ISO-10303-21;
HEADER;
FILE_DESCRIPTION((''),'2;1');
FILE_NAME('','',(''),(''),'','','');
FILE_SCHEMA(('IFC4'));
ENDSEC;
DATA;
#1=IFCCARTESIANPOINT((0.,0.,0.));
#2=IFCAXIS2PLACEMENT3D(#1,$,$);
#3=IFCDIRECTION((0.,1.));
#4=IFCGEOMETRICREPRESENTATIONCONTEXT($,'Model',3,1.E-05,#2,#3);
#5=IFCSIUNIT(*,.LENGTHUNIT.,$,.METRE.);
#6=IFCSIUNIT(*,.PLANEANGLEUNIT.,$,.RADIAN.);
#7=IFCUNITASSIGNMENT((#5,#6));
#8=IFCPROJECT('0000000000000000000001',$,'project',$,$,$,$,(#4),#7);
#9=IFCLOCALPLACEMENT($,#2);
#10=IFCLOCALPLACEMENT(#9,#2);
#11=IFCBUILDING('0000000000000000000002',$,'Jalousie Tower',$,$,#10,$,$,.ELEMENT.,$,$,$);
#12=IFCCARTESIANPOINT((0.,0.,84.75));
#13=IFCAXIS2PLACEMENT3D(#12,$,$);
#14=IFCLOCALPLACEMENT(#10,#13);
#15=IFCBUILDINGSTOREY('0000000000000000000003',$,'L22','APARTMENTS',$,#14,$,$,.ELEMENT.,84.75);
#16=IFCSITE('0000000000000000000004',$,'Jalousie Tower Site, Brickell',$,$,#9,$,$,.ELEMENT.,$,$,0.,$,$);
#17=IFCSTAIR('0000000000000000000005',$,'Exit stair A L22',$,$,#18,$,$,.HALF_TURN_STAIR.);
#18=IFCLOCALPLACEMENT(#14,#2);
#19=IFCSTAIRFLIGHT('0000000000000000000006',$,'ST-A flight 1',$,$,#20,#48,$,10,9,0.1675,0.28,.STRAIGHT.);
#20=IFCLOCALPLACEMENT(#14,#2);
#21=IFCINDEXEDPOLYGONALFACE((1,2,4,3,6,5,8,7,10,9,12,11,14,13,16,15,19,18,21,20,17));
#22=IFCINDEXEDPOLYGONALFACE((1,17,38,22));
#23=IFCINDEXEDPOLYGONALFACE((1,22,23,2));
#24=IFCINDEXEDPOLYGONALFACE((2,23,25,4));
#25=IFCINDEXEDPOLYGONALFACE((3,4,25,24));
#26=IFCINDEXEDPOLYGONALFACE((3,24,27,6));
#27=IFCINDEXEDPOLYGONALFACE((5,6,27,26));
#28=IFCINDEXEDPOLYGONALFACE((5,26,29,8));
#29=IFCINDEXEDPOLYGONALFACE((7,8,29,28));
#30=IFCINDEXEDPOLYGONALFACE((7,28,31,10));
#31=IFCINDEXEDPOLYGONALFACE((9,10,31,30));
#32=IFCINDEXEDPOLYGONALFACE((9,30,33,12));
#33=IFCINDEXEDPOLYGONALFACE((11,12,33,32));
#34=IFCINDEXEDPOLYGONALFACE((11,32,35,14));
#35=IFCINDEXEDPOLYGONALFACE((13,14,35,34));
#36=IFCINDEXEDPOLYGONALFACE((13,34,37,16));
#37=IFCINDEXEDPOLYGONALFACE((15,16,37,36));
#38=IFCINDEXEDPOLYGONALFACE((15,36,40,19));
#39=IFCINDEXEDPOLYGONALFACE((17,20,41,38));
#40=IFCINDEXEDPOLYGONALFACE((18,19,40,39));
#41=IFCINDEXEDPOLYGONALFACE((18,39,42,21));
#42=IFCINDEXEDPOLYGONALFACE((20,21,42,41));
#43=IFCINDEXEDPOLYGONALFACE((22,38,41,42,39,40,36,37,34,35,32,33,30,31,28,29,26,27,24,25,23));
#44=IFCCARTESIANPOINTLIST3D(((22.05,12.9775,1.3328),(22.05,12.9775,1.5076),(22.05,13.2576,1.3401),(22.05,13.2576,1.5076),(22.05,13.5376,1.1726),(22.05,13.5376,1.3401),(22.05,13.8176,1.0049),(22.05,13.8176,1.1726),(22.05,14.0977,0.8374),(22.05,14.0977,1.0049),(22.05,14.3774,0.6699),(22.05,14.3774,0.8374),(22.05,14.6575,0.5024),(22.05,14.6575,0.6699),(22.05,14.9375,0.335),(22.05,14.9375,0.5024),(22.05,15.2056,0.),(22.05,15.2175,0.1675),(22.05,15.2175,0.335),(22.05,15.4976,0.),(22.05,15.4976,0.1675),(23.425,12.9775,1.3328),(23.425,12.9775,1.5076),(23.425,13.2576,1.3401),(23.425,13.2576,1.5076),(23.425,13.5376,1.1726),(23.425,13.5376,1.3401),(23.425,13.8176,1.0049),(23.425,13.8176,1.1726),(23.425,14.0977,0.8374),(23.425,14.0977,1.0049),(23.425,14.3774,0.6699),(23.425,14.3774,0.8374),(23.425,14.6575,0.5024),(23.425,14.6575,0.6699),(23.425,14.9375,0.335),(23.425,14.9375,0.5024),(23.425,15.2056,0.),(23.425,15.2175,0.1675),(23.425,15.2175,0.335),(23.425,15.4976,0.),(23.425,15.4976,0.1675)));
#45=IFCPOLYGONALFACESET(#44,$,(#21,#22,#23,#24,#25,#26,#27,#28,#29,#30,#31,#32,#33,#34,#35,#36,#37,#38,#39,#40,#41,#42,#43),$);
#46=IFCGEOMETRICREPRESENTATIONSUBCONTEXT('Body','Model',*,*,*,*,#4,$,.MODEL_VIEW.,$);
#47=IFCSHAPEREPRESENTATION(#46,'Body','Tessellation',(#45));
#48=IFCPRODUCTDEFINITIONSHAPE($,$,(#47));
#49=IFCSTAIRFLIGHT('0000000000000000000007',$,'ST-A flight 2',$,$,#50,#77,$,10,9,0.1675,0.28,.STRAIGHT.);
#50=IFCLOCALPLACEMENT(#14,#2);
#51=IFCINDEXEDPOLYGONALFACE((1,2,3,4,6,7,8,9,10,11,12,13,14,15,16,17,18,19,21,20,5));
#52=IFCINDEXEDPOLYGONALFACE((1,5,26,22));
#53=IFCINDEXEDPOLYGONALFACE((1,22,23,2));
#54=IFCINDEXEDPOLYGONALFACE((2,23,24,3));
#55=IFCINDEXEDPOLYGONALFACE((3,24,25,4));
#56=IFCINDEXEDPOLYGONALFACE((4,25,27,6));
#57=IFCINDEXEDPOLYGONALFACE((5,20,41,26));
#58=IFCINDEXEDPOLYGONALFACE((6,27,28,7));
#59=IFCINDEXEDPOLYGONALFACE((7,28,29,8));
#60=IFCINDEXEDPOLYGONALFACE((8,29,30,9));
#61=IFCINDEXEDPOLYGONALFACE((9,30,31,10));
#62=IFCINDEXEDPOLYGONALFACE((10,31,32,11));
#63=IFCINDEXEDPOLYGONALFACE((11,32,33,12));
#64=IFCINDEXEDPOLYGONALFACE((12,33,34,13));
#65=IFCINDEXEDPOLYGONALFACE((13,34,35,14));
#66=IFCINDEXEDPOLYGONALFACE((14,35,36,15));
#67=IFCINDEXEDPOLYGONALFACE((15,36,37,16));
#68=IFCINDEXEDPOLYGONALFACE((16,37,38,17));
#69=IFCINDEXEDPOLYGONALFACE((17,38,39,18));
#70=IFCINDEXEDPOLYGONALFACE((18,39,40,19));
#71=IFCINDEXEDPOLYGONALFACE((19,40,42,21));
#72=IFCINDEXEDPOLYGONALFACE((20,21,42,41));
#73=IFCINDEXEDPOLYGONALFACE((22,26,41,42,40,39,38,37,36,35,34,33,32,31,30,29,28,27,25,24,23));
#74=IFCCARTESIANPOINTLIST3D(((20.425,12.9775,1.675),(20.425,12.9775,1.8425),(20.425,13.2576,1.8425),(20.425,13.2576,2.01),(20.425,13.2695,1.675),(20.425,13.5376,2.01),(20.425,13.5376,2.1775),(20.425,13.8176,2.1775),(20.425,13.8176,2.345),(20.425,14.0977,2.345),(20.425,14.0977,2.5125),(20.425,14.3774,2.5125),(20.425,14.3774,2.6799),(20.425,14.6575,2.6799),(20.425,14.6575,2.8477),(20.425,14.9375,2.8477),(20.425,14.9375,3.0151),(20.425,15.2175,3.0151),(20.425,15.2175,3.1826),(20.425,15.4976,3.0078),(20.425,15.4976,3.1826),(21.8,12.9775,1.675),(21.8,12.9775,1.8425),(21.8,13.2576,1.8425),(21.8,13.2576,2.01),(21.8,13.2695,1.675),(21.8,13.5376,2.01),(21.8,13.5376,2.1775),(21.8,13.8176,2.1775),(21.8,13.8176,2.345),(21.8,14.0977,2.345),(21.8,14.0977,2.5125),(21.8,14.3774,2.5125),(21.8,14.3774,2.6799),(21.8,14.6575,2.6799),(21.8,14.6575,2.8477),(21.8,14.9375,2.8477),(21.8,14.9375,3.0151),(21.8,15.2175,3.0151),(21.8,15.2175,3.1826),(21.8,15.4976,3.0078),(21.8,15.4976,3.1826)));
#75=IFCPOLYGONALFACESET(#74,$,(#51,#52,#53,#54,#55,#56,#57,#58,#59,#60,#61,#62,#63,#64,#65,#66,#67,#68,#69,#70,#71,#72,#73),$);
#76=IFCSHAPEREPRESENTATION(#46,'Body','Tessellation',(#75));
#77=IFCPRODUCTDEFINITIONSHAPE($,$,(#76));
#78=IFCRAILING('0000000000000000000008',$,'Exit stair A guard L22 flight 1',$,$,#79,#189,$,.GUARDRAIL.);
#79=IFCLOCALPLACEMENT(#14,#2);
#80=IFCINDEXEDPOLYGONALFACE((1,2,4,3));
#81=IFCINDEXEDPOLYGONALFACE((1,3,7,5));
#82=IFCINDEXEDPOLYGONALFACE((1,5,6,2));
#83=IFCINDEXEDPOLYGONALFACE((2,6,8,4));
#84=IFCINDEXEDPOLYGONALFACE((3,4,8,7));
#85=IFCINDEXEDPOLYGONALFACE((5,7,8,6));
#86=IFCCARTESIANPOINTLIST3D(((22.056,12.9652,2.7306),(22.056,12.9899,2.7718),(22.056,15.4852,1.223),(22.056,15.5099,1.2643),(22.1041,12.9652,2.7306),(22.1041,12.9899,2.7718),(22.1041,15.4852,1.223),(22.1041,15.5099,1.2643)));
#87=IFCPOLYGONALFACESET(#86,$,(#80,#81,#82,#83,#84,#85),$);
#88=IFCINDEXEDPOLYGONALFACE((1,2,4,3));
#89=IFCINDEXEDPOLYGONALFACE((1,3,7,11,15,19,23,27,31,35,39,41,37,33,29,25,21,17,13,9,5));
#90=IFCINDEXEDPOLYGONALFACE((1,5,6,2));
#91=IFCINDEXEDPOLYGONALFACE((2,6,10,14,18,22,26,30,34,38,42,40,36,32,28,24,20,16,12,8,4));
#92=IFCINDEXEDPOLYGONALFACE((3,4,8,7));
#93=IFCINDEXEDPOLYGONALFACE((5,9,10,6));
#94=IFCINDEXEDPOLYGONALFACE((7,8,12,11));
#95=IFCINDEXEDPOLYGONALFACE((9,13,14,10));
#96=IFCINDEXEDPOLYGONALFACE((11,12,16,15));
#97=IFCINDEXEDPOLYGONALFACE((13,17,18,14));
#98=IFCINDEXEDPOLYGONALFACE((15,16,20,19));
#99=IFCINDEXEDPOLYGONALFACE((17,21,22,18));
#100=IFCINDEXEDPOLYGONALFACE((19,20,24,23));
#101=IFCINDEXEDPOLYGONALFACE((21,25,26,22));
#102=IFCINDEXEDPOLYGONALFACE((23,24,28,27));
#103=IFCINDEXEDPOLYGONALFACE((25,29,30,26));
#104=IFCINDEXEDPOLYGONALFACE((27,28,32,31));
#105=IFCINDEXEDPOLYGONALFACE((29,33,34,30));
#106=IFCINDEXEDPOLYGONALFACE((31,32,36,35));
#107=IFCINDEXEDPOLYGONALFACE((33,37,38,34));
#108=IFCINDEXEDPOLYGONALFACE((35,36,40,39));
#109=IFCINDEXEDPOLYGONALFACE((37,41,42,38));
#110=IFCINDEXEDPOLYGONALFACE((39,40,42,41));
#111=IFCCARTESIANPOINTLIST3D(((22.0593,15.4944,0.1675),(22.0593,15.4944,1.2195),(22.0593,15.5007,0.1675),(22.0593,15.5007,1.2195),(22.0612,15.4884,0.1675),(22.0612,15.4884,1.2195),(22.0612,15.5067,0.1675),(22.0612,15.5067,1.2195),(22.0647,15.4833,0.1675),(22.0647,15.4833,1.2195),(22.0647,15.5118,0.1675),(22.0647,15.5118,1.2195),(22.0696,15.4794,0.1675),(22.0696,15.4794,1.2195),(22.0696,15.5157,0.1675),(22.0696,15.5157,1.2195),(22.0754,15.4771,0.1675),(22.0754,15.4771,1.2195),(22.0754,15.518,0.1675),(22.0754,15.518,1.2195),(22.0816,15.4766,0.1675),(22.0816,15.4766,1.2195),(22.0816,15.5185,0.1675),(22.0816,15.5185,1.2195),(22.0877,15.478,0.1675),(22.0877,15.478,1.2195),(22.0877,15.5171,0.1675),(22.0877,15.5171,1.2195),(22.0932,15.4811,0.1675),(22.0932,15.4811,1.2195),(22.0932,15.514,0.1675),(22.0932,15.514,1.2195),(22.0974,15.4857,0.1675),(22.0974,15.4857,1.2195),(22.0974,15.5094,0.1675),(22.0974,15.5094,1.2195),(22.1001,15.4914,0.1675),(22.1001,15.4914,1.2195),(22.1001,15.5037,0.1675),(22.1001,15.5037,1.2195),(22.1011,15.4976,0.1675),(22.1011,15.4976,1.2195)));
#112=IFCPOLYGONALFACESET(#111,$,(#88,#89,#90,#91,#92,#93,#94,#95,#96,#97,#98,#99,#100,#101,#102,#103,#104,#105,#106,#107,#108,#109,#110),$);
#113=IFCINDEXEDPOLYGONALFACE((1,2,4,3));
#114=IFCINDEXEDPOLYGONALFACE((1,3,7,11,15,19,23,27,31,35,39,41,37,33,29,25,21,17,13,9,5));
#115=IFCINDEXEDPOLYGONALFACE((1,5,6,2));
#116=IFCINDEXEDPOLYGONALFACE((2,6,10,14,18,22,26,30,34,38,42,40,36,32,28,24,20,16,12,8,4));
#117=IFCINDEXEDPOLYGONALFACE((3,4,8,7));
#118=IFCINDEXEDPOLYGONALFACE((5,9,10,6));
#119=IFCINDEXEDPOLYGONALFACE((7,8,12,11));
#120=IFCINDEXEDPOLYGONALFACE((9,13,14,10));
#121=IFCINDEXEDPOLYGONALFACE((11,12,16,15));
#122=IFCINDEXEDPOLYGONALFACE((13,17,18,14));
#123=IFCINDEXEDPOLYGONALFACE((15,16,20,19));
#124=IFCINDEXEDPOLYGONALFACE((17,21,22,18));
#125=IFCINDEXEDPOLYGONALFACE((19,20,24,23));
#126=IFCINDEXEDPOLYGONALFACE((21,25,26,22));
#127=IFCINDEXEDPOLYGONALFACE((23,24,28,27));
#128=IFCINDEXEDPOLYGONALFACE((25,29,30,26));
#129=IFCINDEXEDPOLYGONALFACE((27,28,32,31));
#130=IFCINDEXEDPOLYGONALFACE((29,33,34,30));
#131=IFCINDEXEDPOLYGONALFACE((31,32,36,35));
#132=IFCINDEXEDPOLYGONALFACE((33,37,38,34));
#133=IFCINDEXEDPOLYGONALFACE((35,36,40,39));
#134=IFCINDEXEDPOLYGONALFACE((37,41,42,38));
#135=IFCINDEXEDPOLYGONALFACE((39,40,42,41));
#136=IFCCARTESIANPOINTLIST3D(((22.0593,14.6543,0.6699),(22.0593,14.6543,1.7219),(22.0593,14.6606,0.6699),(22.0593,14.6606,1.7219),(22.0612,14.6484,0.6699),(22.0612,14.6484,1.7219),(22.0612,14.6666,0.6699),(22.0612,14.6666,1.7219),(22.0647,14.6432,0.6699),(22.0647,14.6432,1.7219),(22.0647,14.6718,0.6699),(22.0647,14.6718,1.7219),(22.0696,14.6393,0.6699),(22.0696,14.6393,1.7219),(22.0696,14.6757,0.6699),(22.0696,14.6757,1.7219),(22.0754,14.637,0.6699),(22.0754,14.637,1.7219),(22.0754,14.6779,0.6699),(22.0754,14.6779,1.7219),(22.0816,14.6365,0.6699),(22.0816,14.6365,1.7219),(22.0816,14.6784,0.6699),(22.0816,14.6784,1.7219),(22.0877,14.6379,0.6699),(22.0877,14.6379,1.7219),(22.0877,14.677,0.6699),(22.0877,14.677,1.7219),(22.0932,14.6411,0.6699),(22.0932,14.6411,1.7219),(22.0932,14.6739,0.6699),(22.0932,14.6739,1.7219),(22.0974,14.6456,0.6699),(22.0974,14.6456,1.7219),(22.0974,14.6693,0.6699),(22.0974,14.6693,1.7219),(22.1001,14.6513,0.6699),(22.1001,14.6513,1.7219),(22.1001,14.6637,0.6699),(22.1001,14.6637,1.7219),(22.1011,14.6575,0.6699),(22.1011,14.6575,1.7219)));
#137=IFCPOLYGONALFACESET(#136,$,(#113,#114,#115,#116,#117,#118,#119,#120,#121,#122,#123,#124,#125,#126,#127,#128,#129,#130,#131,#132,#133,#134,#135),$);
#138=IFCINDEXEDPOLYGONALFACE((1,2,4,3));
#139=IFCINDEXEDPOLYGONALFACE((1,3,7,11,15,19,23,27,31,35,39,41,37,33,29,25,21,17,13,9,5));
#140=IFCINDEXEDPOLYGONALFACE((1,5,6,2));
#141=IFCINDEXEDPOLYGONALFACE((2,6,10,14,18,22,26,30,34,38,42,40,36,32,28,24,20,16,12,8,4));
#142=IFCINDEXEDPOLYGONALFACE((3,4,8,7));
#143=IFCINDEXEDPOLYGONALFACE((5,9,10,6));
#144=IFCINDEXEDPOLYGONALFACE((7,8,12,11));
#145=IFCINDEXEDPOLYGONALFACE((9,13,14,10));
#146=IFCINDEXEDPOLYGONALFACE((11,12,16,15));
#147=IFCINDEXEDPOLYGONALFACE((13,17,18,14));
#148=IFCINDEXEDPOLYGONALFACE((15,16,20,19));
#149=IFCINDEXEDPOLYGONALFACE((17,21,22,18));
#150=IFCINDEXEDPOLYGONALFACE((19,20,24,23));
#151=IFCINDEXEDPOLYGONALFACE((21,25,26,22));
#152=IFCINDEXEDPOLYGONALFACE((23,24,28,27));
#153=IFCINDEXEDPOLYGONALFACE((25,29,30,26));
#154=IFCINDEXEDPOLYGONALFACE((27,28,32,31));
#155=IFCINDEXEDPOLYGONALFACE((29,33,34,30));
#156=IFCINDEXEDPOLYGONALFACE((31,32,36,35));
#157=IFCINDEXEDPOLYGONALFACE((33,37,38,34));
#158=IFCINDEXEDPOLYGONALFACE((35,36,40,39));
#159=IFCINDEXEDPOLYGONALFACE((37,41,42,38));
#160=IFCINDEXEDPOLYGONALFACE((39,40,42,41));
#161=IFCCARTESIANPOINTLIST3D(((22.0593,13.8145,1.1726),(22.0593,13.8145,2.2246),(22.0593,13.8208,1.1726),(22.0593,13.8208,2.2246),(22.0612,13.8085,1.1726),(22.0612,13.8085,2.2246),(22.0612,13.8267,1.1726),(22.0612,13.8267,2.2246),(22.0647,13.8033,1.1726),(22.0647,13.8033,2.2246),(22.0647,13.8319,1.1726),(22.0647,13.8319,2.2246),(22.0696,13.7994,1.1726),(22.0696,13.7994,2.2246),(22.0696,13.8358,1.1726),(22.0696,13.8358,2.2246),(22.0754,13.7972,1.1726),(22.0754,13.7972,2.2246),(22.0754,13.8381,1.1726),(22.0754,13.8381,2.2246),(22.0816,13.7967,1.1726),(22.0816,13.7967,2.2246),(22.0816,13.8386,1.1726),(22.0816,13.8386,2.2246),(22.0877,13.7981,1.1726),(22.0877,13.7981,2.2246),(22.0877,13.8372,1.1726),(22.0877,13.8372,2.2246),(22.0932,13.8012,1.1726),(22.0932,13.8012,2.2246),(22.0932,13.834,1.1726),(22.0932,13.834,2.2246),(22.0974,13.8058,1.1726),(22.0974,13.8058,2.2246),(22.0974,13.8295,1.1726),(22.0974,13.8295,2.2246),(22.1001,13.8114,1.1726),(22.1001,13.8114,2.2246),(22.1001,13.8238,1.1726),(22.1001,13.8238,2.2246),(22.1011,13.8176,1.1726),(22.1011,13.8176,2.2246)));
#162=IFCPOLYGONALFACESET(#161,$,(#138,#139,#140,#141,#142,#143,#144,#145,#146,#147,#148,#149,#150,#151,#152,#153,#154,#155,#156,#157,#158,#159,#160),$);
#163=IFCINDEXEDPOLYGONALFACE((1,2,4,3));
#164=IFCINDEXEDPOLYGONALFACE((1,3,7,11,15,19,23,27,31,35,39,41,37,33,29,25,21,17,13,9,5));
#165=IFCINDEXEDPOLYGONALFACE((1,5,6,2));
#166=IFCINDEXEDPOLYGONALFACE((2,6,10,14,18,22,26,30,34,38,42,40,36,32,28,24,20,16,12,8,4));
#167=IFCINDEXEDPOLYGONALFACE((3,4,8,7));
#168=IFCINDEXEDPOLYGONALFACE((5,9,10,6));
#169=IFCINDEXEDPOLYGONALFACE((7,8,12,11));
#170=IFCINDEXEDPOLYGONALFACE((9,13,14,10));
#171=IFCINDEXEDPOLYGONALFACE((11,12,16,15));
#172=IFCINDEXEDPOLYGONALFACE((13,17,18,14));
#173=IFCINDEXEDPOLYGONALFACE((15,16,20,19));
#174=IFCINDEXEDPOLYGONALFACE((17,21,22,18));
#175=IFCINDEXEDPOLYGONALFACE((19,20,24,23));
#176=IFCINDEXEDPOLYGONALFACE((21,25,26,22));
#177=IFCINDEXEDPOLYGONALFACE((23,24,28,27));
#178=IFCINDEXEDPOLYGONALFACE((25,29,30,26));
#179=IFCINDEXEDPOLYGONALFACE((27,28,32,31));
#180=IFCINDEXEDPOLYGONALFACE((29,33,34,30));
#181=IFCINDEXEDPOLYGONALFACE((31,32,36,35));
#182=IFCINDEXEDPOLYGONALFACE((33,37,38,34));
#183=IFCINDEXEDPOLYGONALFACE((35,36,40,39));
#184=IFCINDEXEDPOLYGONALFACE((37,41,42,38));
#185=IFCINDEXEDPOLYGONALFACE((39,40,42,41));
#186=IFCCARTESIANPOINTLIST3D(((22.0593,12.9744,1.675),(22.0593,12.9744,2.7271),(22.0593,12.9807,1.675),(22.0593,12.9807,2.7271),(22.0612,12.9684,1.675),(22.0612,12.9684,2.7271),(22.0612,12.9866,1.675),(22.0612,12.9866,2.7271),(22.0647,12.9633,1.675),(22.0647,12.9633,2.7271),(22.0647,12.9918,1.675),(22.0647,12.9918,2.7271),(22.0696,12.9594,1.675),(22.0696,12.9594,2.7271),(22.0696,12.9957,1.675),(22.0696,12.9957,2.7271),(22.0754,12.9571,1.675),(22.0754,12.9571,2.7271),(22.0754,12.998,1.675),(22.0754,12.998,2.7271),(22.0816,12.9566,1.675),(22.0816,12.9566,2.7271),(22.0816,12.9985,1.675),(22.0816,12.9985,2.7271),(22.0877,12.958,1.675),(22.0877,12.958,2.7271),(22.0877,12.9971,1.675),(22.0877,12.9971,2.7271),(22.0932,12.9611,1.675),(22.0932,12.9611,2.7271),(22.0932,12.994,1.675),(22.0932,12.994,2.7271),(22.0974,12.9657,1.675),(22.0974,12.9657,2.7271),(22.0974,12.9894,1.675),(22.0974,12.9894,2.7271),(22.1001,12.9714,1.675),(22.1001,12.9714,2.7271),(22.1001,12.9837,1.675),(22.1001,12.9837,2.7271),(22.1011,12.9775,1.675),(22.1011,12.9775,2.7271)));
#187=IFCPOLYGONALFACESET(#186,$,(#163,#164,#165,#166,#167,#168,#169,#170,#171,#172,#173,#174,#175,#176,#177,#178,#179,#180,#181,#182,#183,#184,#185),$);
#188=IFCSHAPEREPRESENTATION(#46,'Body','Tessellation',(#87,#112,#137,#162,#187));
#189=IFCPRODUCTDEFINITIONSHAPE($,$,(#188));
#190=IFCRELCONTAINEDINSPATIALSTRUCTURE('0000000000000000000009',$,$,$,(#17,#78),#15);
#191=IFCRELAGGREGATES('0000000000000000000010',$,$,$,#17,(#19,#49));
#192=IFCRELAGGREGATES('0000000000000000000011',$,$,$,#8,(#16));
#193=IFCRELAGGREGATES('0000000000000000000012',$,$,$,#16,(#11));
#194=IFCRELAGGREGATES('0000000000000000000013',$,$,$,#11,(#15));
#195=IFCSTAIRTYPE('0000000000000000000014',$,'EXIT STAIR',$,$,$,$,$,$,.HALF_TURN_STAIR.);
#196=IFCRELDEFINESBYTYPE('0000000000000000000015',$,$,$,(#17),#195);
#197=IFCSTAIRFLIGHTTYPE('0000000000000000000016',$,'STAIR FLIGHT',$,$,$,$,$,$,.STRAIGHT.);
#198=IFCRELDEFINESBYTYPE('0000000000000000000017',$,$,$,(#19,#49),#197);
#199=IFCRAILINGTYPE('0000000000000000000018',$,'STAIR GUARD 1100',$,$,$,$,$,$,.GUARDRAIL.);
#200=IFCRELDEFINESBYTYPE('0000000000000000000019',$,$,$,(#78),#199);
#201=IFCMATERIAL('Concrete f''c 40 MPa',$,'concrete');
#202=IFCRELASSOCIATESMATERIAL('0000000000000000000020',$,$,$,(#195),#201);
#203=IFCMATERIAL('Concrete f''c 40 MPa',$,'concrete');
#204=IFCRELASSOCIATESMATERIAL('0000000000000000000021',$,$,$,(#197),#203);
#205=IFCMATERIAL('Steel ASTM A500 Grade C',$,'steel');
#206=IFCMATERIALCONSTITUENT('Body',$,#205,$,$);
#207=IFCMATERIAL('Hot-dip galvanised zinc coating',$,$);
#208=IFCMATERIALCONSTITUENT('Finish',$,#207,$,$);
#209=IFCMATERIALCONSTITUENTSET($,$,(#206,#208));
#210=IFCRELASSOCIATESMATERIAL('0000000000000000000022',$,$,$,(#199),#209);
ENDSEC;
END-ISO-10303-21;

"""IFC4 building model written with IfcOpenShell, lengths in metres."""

from ifc_helpers import new_model, si_unit, direction, frame, origin, origin_2d, place, context, subcontext, project, spatial, polyline, rectangle, circle, outline, extrude, material, constituent, constituent_set, type_object, element, aggregate, save


model = new_model("IFC4")

# Units and contexts
model_context = context("Model", 3, precision=1e-05, world=origin(), true_north=direction((0.0, 1.0)))
body_context = subcontext(model_context, "Body", "Model", "MODEL_VIEW")
ifc_project = project(units=[si_unit("LENGTHUNIT", "METRE"), si_unit("PLANEANGLEUNIT", "RADIAN")], contexts=[model_context])

# Site, building, storey
site_placement = place(None, origin())
site = spatial("IfcSite", under=ifc_project, at=site_placement, Name="Jalousie Tower Site, Brickell", CompositionType="ELEMENT", RefElevation=0.0)
building_placement = place(site_placement, origin())
building = spatial("IfcBuilding", under=site, at=building_placement, Name="Jalousie Tower", CompositionType="ELEMENT")
storey_placement = place(building_placement, frame((0.0, 0.0, 84.75)))
storey = spatial("IfcBuildingStorey", under=building, at=storey_placement, Name="L22", Description="APARTMENTS", CompositionType="ELEMENT", Elevation=84.75)

# Stair, stair flights
ifc_material_1 = material(Name="Concrete f'c 40 MPa", Category="concrete")
stair_type = type_object("IfcStairType", Name="EXIT STAIR", PredefinedType="HALF_TURN_STAIR", material=ifc_material_1)
stair_placement = place(storey_placement, origin())
stair = element("IfcStair", 1, at=stair_placement, inside=storey, type_object=stair_type, Name="Exit stair A L22", PredefinedType="HALF_TURN_STAIR")
ifc_material_2 = material(Name="Concrete f'c 40 MPa", Category="concrete")
stair_flight_type = type_object("IfcStairFlightType", Name="STAIR FLIGHT", PredefinedType="STRAIGHT", material=ifc_material_2)
stair_flight_1_placement = place(storey_placement, frame((22.7375, 15.4976, 0.0), z_axis=(0.0, 0.0, 1.0), x_axis=(0.0, -1.0, 0.0)))
stair_flight_1 = element("IfcStairFlight", 2, at=stair_flight_1_placement, type_object=stair_flight_type, Name="ST-A flight 1", NumberOfRisers=10, NumberOfTreads=9, PredefinedType="STRAIGHT", RiserHeight=0.1675, TreadLength=0.28, context=body_context, shape_type="SweptSolid", body=[
    extrude(outline(polyline([(0.0, 0.0), (0.0, 0.1675), (0.28, 0.1675), (0.28, 0.335), (0.5601, 0.335), (0.5601, 0.5024), (0.8401, 0.5024), (0.8401, 0.6699), (1.1201, 0.6699), (1.1201, 0.8374), (1.3999, 0.8374), (1.3999, 1.0049), (1.6799, 1.0049), (1.6799, 1.1726), (1.96, 1.1726), (1.96, 1.3401), (2.24, 1.3401), (2.24, 1.5076), (2.52, 1.5076), (2.52, 1.675), (2.52, 1.3328), (0.292, 0.0), (0.0, 0.0)])), frame((0.0, 0.6875, 0.0), z_axis=(0.0, -1.0, 0.0), x_axis=(1.0, 0.0, 0.0)), (0.0, 0.0, 1.0), 1.375),
])
stair_flight_2_placement = place(storey_placement, frame((21.1125, 12.9775, 1.675), z_axis=(0.0, 0.0, 1.0), x_axis=(0.0, 1.0, 0.0)))
stair_flight_2 = element("IfcStairFlight", 3, at=stair_flight_2_placement, type_object=stair_flight_type, Name="ST-A flight 2", NumberOfRisers=10, NumberOfTreads=9, PredefinedType="STRAIGHT", RiserHeight=0.1675, TreadLength=0.28, context=body_context, shape_type="SweptSolid", body=[
    extrude(outline(polyline([(0.0, 0.0), (0.0, 0.1675), (0.28, 0.1675), (0.28, 0.335), (0.5601, 0.335), (0.5601, 0.5024), (0.8401, 0.5024), (0.8401, 0.6699), (1.1201, 0.6699), (1.1201, 0.8374), (1.3999, 0.8374), (1.3999, 1.0049), (1.6799, 1.0049), (1.6799, 1.1726), (1.96, 1.1726), (1.96, 1.3401), (2.24, 1.3401), (2.24, 1.5076), (2.52, 1.5076), (2.52, 1.675), (2.52, 1.3328), (0.292, 0.0), (0.0, 0.0)])), frame((0.0, 0.6875, 0.0), z_axis=(0.0, -1.0, 0.0), x_axis=(1.0, 0.0, 0.0)), (0.0, 0.0, 1.0), 1.375),
])
aggregate(stair, [stair_flight_1, stair_flight_2])

# Railing
ifc_material_3 = material(Name="Steel ASTM A500 Grade C", Category="steel")
ifc_constituent_1 = constituent(ifc_material_3, Name="Body")
ifc_material_4 = material(Name="Hot-dip galvanised zinc coating")
ifc_constituent_2 = constituent(ifc_material_4, Name="Finish")
ifc_constituent_set_1 = constituent_set(constituents=[ifc_constituent_1, ifc_constituent_2])
railing_type_1 = type_object("IfcRailingType", Name="STAIR GUARD 1100", PredefinedType="GUARDRAIL", material=ifc_constituent_set_1)
railing_1_placement = place(storey_placement, frame((22.0801, 15.4976, 0.1675)))
element("IfcRailing", 4, at=railing_1_placement, inside=storey, type_object=railing_type_1, Name="Exit stair A guard L22 flight 1", PredefinedType="GUARDRAIL", context=body_context, shape_type="SweptSolid", body=[
    extrude(rectangle(XDim=0.0481, YDim=0.0481, at=origin_2d()), frame((0.0, 0.0, 1.0762), z_axis=(0.0, -0.85816, 0.513383), x_axis=(1.0, 0.0, 0.0)), (0.0, 0.0, 1.0), 2.9365),
    extrude(circle(Radius=0.021, at=origin_2d()), origin(), (0.0, 0.0, 1.0), 1.052),
    extrude(circle(Radius=0.021, at=origin_2d()), frame((0.0, -0.8401, 0.5024)), (0.0, 0.0, 1.0), 1.052),
    extrude(circle(Radius=0.021, at=origin_2d()), frame((0.0, -1.6799, 1.0051)), (0.0, 0.0, 1.0), 1.052),
    extrude(circle(Radius=0.021, at=origin_2d()), frame((0.0, -2.52, 1.5076)), (0.0, 0.0, 1.0), 1.052),
])

save(model, "model.ifc")
